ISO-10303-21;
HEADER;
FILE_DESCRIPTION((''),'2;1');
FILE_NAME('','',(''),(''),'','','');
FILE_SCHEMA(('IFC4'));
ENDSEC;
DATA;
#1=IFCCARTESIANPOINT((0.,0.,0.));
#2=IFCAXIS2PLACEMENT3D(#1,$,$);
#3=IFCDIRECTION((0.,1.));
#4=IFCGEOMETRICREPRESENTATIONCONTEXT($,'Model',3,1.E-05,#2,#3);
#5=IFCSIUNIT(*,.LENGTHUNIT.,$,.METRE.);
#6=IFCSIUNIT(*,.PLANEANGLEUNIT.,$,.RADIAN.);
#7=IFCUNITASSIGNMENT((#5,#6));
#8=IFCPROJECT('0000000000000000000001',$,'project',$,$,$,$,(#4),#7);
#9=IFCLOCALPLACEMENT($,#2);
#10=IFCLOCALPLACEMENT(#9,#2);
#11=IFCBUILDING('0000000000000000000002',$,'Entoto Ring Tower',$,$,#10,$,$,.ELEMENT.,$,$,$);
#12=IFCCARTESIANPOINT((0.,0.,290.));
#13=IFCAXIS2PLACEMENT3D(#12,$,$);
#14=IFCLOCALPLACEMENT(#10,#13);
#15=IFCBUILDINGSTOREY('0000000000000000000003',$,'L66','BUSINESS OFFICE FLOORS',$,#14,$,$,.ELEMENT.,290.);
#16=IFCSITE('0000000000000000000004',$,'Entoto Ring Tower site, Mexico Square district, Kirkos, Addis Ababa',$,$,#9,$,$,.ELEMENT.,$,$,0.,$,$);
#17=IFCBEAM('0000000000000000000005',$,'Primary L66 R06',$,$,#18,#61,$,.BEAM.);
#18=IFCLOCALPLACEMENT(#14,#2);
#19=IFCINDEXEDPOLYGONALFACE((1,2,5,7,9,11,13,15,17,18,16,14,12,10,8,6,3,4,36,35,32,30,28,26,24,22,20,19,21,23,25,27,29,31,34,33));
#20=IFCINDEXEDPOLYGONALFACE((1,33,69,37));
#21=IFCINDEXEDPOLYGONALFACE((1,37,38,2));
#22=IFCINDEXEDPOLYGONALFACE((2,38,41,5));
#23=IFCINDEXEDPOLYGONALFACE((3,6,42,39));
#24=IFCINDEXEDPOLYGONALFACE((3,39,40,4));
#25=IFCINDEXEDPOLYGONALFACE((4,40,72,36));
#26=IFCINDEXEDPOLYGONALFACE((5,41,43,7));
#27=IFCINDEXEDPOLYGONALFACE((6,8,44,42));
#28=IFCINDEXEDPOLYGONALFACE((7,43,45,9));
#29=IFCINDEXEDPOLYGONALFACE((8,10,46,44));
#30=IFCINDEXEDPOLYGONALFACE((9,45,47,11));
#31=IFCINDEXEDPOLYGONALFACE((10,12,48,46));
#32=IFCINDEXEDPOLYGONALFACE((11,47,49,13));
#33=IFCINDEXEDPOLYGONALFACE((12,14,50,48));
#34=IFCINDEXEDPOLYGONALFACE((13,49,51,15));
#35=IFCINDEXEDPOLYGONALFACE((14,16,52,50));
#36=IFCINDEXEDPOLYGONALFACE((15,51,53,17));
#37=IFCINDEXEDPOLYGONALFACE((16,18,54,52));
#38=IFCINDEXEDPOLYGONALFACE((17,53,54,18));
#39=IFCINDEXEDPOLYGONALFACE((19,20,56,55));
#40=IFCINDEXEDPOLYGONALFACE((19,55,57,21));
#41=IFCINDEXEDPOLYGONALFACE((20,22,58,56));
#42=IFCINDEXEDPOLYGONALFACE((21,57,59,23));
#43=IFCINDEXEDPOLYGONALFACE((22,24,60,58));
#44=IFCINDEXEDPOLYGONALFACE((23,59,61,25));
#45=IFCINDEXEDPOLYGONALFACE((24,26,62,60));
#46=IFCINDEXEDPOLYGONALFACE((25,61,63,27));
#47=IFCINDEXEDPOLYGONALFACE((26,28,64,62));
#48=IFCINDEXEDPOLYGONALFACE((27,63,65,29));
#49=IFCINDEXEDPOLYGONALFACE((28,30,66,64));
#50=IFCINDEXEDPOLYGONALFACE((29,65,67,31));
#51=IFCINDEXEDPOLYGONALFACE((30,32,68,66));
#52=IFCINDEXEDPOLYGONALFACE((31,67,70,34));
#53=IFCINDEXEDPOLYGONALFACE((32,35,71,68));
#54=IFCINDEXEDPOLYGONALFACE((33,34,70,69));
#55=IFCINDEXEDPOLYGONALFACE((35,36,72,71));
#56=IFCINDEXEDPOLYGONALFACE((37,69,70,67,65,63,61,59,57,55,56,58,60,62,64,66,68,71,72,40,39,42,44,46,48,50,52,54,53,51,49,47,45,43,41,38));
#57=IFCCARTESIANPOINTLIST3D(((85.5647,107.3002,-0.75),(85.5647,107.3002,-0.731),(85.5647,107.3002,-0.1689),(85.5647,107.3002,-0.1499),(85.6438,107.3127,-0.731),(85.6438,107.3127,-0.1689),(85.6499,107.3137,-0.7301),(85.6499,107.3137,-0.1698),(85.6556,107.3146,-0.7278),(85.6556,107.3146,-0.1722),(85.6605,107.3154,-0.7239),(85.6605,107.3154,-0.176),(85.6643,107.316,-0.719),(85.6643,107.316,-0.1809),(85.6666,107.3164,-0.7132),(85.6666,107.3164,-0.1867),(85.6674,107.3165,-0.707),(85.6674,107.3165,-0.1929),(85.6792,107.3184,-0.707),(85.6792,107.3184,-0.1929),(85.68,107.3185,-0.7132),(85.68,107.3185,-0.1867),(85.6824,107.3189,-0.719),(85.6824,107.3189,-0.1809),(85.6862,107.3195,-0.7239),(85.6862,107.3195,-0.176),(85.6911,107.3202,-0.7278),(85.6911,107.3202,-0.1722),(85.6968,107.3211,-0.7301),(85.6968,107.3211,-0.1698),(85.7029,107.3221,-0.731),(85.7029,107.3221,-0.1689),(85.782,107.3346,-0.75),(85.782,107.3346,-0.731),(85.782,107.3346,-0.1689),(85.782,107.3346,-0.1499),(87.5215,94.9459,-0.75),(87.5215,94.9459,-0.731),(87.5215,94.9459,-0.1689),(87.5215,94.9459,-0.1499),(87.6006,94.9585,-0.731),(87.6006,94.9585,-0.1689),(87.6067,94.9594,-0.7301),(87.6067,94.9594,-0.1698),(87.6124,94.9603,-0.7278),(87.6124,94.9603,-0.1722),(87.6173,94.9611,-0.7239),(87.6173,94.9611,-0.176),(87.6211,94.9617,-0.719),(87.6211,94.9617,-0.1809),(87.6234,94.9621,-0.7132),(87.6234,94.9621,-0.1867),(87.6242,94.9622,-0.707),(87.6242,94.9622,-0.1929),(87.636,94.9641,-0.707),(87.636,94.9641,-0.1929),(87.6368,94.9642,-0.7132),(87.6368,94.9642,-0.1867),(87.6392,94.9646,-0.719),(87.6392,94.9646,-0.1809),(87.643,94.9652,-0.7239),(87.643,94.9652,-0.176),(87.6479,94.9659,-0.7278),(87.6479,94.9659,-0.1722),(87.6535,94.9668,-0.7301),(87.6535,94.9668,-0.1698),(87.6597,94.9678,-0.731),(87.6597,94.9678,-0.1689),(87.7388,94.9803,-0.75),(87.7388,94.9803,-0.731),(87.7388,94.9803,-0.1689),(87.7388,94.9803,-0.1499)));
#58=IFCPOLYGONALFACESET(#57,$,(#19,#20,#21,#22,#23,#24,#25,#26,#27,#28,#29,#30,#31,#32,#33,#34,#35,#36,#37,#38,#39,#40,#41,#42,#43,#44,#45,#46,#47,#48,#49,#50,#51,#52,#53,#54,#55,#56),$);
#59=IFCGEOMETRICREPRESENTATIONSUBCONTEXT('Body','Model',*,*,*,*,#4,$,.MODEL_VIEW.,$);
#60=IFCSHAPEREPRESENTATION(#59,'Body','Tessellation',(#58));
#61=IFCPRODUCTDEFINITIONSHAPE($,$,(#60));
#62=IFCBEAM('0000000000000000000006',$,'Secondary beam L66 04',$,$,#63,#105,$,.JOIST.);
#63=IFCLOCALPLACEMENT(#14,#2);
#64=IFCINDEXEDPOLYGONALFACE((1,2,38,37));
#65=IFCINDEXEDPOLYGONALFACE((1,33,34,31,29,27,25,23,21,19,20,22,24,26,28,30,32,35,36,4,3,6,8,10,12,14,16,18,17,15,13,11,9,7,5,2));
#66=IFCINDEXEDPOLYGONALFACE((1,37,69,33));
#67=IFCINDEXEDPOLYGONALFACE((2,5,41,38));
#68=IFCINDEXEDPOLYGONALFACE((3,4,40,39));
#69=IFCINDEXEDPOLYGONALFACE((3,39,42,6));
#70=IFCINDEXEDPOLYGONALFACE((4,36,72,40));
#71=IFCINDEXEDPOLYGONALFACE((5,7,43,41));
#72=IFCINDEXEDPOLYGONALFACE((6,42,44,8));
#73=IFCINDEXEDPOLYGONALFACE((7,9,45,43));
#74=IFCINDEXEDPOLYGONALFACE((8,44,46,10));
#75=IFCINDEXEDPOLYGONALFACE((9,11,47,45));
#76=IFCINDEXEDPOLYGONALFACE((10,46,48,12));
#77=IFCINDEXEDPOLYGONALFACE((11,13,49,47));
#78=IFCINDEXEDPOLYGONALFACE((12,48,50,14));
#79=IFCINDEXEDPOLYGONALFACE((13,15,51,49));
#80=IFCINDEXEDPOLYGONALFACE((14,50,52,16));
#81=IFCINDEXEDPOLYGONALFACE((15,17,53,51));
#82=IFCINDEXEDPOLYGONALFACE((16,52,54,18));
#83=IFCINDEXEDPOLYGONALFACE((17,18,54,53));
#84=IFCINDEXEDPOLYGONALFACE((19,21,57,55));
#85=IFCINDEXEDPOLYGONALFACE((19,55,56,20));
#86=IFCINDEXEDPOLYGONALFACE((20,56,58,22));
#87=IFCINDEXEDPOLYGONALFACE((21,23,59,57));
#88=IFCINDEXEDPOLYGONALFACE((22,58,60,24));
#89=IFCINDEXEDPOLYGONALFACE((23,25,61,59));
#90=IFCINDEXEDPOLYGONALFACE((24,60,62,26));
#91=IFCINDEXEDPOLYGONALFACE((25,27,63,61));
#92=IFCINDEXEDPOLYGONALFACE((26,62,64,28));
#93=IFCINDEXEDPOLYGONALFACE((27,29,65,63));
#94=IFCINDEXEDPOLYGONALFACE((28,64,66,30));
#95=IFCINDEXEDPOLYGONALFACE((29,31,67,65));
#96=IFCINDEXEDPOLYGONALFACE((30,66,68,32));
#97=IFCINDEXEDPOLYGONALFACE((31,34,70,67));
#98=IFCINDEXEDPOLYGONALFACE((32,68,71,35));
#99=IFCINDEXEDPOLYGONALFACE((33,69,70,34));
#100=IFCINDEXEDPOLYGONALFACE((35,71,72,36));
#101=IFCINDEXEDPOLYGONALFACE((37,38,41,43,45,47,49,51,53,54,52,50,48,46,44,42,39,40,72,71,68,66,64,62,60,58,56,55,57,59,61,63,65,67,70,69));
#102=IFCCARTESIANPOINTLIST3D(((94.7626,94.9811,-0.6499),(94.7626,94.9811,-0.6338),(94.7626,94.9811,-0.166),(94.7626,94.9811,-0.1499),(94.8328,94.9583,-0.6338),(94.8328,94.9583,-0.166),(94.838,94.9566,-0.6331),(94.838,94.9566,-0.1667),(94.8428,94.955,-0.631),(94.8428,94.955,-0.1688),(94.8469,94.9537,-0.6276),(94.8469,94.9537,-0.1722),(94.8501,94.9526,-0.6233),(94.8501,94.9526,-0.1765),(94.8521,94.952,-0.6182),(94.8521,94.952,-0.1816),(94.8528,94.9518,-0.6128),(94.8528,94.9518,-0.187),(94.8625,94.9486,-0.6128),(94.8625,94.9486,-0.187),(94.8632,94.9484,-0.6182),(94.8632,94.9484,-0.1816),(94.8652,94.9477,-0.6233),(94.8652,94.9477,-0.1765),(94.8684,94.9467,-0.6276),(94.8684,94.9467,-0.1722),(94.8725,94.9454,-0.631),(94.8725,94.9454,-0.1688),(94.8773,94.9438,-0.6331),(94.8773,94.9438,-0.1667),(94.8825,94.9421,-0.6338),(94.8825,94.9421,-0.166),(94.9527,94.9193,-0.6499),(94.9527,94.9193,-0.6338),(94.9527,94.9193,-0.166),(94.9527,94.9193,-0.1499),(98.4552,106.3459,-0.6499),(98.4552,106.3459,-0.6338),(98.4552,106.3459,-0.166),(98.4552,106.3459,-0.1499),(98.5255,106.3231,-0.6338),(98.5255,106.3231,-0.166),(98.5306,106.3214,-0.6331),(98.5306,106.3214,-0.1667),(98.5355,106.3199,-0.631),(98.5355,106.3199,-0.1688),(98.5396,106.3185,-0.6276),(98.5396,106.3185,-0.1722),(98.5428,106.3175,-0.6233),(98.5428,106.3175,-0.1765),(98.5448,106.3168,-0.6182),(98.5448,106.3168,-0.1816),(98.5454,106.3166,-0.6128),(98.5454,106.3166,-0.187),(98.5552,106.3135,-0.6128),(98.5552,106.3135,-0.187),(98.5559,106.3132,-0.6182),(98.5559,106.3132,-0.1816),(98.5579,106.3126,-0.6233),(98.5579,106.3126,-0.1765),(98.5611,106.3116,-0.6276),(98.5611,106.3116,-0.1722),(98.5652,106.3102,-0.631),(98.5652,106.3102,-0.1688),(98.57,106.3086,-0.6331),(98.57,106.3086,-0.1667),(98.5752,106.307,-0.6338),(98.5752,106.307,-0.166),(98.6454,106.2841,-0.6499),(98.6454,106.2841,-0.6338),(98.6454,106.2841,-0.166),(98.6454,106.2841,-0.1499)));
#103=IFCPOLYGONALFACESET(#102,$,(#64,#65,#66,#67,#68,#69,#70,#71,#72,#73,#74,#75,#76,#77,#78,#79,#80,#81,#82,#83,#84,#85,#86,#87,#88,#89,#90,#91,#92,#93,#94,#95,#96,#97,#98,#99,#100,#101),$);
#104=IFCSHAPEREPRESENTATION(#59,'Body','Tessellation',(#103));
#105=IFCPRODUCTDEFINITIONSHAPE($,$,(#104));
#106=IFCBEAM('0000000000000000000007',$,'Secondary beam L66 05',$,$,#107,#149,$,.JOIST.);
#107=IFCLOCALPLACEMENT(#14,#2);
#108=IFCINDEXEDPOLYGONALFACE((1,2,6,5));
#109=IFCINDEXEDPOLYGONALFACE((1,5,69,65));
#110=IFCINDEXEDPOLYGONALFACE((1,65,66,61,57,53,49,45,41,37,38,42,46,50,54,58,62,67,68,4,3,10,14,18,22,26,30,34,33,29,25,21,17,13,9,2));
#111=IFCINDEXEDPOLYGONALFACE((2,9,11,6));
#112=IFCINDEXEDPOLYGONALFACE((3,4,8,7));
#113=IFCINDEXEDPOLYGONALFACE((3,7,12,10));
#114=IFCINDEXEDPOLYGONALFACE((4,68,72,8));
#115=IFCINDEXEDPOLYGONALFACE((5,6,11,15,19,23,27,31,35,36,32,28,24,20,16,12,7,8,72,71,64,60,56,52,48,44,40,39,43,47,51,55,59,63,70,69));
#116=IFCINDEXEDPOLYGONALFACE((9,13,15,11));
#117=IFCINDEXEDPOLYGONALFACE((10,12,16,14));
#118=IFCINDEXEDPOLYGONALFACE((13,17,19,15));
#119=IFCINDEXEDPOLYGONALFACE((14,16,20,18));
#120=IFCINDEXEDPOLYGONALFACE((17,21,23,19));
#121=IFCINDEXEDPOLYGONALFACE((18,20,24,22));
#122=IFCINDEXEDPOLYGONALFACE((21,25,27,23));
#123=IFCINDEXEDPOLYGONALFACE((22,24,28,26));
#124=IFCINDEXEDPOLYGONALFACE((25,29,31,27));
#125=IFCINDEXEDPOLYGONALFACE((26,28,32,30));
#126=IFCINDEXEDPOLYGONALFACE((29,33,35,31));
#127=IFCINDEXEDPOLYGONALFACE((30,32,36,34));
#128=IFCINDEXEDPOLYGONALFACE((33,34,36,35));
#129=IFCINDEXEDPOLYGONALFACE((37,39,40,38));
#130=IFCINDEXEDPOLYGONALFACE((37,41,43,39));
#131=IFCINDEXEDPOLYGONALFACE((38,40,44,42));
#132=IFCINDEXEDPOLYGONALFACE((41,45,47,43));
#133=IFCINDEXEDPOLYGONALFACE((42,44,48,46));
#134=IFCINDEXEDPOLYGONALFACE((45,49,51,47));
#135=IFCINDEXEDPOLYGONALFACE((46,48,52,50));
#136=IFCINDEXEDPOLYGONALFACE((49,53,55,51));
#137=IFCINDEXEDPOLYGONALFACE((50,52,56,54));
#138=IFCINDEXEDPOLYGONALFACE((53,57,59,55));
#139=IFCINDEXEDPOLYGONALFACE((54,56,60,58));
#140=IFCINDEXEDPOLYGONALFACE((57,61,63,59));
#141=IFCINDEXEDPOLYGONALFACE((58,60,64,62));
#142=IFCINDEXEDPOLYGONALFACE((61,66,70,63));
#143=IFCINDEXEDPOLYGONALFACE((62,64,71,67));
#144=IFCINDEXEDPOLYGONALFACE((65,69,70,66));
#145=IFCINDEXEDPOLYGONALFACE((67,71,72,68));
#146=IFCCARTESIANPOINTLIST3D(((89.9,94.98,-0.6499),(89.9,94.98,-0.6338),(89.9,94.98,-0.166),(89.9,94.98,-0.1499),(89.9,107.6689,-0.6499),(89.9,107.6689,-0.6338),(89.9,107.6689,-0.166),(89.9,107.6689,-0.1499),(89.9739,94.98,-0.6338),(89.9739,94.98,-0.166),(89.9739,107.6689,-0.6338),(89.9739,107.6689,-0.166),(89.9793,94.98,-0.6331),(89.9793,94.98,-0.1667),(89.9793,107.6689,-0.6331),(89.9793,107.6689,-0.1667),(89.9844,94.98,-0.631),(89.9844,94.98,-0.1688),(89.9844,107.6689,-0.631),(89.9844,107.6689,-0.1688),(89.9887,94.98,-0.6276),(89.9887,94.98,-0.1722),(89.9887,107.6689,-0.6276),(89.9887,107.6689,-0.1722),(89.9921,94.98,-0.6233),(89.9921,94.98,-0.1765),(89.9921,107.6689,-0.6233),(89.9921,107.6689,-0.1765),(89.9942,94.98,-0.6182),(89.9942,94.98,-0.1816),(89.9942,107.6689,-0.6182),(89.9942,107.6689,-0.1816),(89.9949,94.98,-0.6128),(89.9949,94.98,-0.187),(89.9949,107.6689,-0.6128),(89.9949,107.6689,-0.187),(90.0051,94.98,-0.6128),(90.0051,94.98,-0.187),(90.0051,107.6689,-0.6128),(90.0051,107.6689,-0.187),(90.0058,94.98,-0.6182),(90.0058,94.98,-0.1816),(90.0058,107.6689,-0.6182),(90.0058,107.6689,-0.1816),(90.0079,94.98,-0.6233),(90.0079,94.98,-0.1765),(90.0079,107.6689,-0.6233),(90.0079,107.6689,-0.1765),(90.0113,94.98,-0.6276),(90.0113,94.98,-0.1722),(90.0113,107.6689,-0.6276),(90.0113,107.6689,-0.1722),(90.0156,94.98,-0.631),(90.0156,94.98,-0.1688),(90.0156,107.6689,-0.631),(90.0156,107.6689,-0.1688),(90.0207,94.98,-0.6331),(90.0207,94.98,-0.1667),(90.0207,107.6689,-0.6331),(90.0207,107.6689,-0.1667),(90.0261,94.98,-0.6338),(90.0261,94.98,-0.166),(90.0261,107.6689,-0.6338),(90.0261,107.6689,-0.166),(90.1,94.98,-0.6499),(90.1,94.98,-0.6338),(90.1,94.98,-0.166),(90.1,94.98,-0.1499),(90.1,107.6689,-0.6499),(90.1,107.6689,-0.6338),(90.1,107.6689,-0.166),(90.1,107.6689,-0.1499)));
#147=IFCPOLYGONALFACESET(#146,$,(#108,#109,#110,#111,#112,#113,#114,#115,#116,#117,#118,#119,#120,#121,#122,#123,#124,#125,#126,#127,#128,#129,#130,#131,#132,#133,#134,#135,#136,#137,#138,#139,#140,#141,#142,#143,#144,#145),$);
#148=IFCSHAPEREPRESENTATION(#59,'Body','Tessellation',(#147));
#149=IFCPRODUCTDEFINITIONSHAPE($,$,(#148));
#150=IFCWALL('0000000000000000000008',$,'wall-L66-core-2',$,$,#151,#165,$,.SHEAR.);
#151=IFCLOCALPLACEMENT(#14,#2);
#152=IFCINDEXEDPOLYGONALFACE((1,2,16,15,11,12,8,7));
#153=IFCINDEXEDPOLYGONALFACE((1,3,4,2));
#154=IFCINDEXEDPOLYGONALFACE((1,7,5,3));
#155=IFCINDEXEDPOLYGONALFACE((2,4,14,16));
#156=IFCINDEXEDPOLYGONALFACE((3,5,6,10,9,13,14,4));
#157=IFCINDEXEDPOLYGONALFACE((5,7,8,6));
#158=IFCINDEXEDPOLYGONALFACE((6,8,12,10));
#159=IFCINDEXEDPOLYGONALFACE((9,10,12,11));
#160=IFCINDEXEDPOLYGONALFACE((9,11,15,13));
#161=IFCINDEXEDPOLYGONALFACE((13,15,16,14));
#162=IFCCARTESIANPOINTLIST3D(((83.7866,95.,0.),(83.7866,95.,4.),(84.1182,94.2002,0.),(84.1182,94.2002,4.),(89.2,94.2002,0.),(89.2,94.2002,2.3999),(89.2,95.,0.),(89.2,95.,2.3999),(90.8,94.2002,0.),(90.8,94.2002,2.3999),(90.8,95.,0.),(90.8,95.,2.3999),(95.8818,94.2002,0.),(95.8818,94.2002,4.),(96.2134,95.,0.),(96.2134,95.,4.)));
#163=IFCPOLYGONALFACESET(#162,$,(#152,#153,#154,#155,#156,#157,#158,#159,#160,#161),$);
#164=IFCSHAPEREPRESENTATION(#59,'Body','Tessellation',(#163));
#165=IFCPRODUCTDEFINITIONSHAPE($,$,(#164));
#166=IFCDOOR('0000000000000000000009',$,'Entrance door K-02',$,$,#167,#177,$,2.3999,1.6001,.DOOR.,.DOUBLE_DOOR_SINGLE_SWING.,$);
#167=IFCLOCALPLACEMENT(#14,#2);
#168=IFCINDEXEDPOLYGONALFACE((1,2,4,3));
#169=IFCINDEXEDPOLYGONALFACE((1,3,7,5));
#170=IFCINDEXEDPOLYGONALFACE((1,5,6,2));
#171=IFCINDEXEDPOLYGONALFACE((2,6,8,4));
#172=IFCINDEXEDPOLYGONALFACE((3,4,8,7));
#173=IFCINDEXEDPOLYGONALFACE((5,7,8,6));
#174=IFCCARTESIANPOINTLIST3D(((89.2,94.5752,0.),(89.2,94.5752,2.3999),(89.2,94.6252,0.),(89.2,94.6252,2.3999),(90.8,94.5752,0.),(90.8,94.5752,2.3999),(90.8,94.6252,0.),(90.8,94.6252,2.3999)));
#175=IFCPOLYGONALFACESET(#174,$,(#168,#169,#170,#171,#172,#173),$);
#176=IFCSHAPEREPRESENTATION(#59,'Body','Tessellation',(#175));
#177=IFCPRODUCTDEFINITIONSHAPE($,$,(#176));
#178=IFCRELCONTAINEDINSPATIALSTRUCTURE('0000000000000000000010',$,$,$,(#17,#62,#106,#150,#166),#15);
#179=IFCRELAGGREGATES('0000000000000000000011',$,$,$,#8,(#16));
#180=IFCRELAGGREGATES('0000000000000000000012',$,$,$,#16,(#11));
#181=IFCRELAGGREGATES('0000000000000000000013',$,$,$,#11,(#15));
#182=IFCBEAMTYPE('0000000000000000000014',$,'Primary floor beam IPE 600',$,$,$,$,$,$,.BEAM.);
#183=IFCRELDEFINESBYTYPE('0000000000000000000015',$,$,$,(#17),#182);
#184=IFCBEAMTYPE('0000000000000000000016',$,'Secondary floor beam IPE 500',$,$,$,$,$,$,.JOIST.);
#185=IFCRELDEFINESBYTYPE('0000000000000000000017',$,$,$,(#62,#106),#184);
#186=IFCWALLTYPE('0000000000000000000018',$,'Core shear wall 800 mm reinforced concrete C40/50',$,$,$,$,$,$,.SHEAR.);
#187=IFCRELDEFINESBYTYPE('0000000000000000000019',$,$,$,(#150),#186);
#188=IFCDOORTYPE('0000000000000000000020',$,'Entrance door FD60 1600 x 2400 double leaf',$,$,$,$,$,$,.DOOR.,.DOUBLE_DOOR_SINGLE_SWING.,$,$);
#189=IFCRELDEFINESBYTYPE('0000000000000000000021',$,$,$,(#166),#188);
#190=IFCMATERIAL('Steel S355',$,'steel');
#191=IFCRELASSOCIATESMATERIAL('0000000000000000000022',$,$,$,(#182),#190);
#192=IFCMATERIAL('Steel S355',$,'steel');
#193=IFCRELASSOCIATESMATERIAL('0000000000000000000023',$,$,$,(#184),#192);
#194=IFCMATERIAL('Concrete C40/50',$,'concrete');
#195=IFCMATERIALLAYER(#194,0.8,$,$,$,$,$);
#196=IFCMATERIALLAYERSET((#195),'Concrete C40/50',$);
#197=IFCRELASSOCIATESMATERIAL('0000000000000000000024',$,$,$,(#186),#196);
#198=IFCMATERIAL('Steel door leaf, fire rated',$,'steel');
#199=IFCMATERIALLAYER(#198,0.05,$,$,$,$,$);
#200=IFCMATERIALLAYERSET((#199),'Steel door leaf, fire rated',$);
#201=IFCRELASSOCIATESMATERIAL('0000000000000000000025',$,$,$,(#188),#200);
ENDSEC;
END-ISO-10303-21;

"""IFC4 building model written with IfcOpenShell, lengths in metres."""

from ifc_helpers import new_model, si_unit, direction, frame, frame_2d, origin, origin_2d, place, context, subcontext, project, spatial, polyline, rectangle, i_section, outline, extrude, material, layer, layer_set, material_profile, profile_set, type_object, element, fill, save


model = new_model("IFC4")

# Units and contexts
model_context = context("Model", 3, precision=1e-05, world=origin(), true_north=direction((0.0, 1.0)))
body_context = subcontext(model_context, "Body", "Model", "MODEL_VIEW")
ifc_project = project(units=[si_unit("LENGTHUNIT", "METRE"), si_unit("PLANEANGLEUNIT", "RADIAN")], contexts=[model_context])

# Site, building, storey
site_placement = place(None, origin())
site = spatial("IfcSite", under=ifc_project, at=site_placement, Name="Entoto Ring Tower site, Mexico Square district, Kirkos, Addis Ababa", CompositionType="ELEMENT", RefElevation=0.0)
building_placement = place(site_placement, origin())
building = spatial("IfcBuilding", under=site, at=building_placement, Name="Entoto Ring Tower", CompositionType="ELEMENT")
storey_placement = place(building_placement, frame((0.0, 0.0, 290.0)))
storey = spatial("IfcBuildingStorey", under=building, at=storey_placement, Name="L66", Description="BUSINESS OFFICE FLOORS", CompositionType="ELEMENT", Elevation=290.0)

# Beams
ifc_material_1 = material(Name="Steel S355", Category="steel")
ifc_material_profile_1 = material_profile(ifc_material_1, i_section(OverallWidth=0.22, OverallDepth=0.6001, WebThickness=0.012, FlangeThickness=0.019, FilletRadius=0.0239, at=origin_2d()), Name="IPE 600")
ifc_profile_set_1 = profile_set([ifc_material_profile_1], Name="Steel S355")
beam_type_1 = type_object("IfcBeamType", Name="Primary floor beam IPE 600", PredefinedType="BEAM", material=ifc_profile_set_1)
for number, where, z_axis, x_axis, name in (
    (1, (87.6301, 94.9631, -0.45), (-0.15644, 0.987688, 0.0), (-0.987688, -0.15644, 0.0), "Primary L66 R06"),
):
    element("IfcBeam", number, at=place(storey_placement, frame(where, z_axis=z_axis, x_axis=x_axis)), inside=storey, type_object=beam_type_1, Name=name, PredefinedType="BEAM", context=body_context, shape_type="SweptSolid", body=[
        extrude(i_section(OverallWidth=0.22, OverallDepth=0.6001, WebThickness=0.012, FlangeThickness=0.019, FilletRadius=0.0239, at=origin_2d()), origin(), (0.0, 0.0, 1.0), 12.5083),
    ])
ifc_material_2 = material(Name="Steel S355", Category="steel")
ifc_material_profile_2 = material_profile(ifc_material_2, i_section(OverallWidth=0.2, OverallDepth=0.5, WebThickness=0.0103, FlangeThickness=0.0161, FilletRadius=0.021, at=origin_2d()), Name="IPE 500")
ifc_profile_set_2 = profile_set([ifc_material_profile_2], Name="Steel S355")
beam_type_2 = type_object("IfcBeamType", Name="Secondary floor beam IPE 500", PredefinedType="JOIST", material=ifc_profile_set_2)
beam_1_placement = place(storey_placement, frame((94.8577, 94.9502, -0.3999), z_axis=(0.309017, 0.951057, 0.0), x_axis=(-0.951057, 0.309017, 0.0)))
element("IfcBeam", 2, at=beam_1_placement, inside=storey, type_object=beam_type_2, Name="Secondary beam L66 04", PredefinedType="JOIST", context=body_context, shape_type="SweptSolid", body=[
    extrude(i_section(OverallWidth=0.2, OverallDepth=0.5, WebThickness=0.0103, FlangeThickness=0.0161, FilletRadius=0.021, at=origin_2d()), origin(), (0.0, 0.0, 1.0), 11.9497),
])
beam_2_placement = place(storey_placement, frame((90.0, 94.98, -0.3999), z_axis=(0.0, 1.0, 0.0), x_axis=(-1.0, 0.0, 0.0)))
element("IfcBeam", 3, at=beam_2_placement, inside=storey, type_object=beam_type_2, Name="Secondary beam L66 05", PredefinedType="JOIST", context=body_context, shape_type="SweptSolid", body=[
    extrude(i_section(OverallWidth=0.2, OverallDepth=0.5, WebThickness=0.0103, FlangeThickness=0.0161, FilletRadius=0.021, at=origin_2d()), origin(), (0.0, 0.0, 1.0), 12.689),
])

# Wall, opening, door
ifc_material_3 = material(Name="Concrete C40/50", Category="concrete")
ifc_layer_1 = layer(ifc_material_3, 0.8)
ifc_layer_set_1 = layer_set([ifc_layer_1], Name="Concrete C40/50")
wall_type_1 = type_object("IfcWallType", Name="Core shear wall 800 mm reinforced concrete C40/50", PredefinedType="SHEAR", material=ifc_layer_set_1)
wall_1_placement = place(storey_placement, frame((96.0476, 94.6001, 0.0), z_axis=(0.0, 0.0, 1.0), x_axis=(-1.0, 0.0, 0.0)))
wall_1 = element("IfcWall", 4, at=wall_1_placement, inside=storey, type_object=wall_type_1, Name="wall-L66-core-2", PredefinedType="SHEAR", context=body_context, shape_type="SweptSolid", body=[
    extrude(outline(polyline([(-0.1658, -0.3999), (12.261, -0.3999), (11.9294, 0.3999), (0.1658, 0.3999), (-0.1658, -0.3999)])), origin(), (0.0, 0.0, 1.0), 4.0),
])
opening_1_placement = place(wall_1_placement, frame((5.2476, 0.0, 0.0)))
opening_1 = element("IfcOpeningElement", 5, at=opening_1_placement, cuts=wall_1, PredefinedType="OPENING", context=body_context, shape_type="SweptSolid", body=[
    extrude(rectangle(XDim=1.6001, YDim=2.3999, at=frame_2d((0.8, 1.2))), frame((0.0, 0.4102, 0.0), z_axis=(0.0, -1.0, 0.0), x_axis=(1.0, 0.0, 0.0)), (0.0, 0.0, 1.0), 0.8201),
])
ifc_material_4 = material(Name="Steel door leaf, fire rated", Category="steel")
ifc_layer_2 = layer(ifc_material_4, 0.05)
ifc_layer_set_2 = layer_set([ifc_layer_2], Name="Steel door leaf, fire rated")
door_type_1 = type_object("IfcDoorType", Name="Entrance door FD60 1600 x 2400 double leaf", OperationType="DOUBLE_DOOR_SINGLE_SWING", PredefinedType="DOOR", material=ifc_layer_set_2)
door_1_placement = place(opening_1_placement, origin())
door_1 = element("IfcDoor", 6, at=door_1_placement, inside=storey, type_object=door_type_1, Name="Entrance door K-02", OperationType="DOUBLE_DOOR_SINGLE_SWING", OverallHeight=2.3999, OverallWidth=1.6001, PredefinedType="DOOR", context=body_context, shape_type="SweptSolid", body=[
    extrude(rectangle(XDim=1.6001, YDim=2.3999, at=frame_2d((0.8, 1.2))), frame((0.0, 0.0249, 0.0), z_axis=(0.0, -1.0, 0.0), x_axis=(1.0, 0.0, 0.0)), (0.0, 0.0, 1.0), 0.05),
])
fill(opening_1, door_1)

save(model, "model.ifc")
